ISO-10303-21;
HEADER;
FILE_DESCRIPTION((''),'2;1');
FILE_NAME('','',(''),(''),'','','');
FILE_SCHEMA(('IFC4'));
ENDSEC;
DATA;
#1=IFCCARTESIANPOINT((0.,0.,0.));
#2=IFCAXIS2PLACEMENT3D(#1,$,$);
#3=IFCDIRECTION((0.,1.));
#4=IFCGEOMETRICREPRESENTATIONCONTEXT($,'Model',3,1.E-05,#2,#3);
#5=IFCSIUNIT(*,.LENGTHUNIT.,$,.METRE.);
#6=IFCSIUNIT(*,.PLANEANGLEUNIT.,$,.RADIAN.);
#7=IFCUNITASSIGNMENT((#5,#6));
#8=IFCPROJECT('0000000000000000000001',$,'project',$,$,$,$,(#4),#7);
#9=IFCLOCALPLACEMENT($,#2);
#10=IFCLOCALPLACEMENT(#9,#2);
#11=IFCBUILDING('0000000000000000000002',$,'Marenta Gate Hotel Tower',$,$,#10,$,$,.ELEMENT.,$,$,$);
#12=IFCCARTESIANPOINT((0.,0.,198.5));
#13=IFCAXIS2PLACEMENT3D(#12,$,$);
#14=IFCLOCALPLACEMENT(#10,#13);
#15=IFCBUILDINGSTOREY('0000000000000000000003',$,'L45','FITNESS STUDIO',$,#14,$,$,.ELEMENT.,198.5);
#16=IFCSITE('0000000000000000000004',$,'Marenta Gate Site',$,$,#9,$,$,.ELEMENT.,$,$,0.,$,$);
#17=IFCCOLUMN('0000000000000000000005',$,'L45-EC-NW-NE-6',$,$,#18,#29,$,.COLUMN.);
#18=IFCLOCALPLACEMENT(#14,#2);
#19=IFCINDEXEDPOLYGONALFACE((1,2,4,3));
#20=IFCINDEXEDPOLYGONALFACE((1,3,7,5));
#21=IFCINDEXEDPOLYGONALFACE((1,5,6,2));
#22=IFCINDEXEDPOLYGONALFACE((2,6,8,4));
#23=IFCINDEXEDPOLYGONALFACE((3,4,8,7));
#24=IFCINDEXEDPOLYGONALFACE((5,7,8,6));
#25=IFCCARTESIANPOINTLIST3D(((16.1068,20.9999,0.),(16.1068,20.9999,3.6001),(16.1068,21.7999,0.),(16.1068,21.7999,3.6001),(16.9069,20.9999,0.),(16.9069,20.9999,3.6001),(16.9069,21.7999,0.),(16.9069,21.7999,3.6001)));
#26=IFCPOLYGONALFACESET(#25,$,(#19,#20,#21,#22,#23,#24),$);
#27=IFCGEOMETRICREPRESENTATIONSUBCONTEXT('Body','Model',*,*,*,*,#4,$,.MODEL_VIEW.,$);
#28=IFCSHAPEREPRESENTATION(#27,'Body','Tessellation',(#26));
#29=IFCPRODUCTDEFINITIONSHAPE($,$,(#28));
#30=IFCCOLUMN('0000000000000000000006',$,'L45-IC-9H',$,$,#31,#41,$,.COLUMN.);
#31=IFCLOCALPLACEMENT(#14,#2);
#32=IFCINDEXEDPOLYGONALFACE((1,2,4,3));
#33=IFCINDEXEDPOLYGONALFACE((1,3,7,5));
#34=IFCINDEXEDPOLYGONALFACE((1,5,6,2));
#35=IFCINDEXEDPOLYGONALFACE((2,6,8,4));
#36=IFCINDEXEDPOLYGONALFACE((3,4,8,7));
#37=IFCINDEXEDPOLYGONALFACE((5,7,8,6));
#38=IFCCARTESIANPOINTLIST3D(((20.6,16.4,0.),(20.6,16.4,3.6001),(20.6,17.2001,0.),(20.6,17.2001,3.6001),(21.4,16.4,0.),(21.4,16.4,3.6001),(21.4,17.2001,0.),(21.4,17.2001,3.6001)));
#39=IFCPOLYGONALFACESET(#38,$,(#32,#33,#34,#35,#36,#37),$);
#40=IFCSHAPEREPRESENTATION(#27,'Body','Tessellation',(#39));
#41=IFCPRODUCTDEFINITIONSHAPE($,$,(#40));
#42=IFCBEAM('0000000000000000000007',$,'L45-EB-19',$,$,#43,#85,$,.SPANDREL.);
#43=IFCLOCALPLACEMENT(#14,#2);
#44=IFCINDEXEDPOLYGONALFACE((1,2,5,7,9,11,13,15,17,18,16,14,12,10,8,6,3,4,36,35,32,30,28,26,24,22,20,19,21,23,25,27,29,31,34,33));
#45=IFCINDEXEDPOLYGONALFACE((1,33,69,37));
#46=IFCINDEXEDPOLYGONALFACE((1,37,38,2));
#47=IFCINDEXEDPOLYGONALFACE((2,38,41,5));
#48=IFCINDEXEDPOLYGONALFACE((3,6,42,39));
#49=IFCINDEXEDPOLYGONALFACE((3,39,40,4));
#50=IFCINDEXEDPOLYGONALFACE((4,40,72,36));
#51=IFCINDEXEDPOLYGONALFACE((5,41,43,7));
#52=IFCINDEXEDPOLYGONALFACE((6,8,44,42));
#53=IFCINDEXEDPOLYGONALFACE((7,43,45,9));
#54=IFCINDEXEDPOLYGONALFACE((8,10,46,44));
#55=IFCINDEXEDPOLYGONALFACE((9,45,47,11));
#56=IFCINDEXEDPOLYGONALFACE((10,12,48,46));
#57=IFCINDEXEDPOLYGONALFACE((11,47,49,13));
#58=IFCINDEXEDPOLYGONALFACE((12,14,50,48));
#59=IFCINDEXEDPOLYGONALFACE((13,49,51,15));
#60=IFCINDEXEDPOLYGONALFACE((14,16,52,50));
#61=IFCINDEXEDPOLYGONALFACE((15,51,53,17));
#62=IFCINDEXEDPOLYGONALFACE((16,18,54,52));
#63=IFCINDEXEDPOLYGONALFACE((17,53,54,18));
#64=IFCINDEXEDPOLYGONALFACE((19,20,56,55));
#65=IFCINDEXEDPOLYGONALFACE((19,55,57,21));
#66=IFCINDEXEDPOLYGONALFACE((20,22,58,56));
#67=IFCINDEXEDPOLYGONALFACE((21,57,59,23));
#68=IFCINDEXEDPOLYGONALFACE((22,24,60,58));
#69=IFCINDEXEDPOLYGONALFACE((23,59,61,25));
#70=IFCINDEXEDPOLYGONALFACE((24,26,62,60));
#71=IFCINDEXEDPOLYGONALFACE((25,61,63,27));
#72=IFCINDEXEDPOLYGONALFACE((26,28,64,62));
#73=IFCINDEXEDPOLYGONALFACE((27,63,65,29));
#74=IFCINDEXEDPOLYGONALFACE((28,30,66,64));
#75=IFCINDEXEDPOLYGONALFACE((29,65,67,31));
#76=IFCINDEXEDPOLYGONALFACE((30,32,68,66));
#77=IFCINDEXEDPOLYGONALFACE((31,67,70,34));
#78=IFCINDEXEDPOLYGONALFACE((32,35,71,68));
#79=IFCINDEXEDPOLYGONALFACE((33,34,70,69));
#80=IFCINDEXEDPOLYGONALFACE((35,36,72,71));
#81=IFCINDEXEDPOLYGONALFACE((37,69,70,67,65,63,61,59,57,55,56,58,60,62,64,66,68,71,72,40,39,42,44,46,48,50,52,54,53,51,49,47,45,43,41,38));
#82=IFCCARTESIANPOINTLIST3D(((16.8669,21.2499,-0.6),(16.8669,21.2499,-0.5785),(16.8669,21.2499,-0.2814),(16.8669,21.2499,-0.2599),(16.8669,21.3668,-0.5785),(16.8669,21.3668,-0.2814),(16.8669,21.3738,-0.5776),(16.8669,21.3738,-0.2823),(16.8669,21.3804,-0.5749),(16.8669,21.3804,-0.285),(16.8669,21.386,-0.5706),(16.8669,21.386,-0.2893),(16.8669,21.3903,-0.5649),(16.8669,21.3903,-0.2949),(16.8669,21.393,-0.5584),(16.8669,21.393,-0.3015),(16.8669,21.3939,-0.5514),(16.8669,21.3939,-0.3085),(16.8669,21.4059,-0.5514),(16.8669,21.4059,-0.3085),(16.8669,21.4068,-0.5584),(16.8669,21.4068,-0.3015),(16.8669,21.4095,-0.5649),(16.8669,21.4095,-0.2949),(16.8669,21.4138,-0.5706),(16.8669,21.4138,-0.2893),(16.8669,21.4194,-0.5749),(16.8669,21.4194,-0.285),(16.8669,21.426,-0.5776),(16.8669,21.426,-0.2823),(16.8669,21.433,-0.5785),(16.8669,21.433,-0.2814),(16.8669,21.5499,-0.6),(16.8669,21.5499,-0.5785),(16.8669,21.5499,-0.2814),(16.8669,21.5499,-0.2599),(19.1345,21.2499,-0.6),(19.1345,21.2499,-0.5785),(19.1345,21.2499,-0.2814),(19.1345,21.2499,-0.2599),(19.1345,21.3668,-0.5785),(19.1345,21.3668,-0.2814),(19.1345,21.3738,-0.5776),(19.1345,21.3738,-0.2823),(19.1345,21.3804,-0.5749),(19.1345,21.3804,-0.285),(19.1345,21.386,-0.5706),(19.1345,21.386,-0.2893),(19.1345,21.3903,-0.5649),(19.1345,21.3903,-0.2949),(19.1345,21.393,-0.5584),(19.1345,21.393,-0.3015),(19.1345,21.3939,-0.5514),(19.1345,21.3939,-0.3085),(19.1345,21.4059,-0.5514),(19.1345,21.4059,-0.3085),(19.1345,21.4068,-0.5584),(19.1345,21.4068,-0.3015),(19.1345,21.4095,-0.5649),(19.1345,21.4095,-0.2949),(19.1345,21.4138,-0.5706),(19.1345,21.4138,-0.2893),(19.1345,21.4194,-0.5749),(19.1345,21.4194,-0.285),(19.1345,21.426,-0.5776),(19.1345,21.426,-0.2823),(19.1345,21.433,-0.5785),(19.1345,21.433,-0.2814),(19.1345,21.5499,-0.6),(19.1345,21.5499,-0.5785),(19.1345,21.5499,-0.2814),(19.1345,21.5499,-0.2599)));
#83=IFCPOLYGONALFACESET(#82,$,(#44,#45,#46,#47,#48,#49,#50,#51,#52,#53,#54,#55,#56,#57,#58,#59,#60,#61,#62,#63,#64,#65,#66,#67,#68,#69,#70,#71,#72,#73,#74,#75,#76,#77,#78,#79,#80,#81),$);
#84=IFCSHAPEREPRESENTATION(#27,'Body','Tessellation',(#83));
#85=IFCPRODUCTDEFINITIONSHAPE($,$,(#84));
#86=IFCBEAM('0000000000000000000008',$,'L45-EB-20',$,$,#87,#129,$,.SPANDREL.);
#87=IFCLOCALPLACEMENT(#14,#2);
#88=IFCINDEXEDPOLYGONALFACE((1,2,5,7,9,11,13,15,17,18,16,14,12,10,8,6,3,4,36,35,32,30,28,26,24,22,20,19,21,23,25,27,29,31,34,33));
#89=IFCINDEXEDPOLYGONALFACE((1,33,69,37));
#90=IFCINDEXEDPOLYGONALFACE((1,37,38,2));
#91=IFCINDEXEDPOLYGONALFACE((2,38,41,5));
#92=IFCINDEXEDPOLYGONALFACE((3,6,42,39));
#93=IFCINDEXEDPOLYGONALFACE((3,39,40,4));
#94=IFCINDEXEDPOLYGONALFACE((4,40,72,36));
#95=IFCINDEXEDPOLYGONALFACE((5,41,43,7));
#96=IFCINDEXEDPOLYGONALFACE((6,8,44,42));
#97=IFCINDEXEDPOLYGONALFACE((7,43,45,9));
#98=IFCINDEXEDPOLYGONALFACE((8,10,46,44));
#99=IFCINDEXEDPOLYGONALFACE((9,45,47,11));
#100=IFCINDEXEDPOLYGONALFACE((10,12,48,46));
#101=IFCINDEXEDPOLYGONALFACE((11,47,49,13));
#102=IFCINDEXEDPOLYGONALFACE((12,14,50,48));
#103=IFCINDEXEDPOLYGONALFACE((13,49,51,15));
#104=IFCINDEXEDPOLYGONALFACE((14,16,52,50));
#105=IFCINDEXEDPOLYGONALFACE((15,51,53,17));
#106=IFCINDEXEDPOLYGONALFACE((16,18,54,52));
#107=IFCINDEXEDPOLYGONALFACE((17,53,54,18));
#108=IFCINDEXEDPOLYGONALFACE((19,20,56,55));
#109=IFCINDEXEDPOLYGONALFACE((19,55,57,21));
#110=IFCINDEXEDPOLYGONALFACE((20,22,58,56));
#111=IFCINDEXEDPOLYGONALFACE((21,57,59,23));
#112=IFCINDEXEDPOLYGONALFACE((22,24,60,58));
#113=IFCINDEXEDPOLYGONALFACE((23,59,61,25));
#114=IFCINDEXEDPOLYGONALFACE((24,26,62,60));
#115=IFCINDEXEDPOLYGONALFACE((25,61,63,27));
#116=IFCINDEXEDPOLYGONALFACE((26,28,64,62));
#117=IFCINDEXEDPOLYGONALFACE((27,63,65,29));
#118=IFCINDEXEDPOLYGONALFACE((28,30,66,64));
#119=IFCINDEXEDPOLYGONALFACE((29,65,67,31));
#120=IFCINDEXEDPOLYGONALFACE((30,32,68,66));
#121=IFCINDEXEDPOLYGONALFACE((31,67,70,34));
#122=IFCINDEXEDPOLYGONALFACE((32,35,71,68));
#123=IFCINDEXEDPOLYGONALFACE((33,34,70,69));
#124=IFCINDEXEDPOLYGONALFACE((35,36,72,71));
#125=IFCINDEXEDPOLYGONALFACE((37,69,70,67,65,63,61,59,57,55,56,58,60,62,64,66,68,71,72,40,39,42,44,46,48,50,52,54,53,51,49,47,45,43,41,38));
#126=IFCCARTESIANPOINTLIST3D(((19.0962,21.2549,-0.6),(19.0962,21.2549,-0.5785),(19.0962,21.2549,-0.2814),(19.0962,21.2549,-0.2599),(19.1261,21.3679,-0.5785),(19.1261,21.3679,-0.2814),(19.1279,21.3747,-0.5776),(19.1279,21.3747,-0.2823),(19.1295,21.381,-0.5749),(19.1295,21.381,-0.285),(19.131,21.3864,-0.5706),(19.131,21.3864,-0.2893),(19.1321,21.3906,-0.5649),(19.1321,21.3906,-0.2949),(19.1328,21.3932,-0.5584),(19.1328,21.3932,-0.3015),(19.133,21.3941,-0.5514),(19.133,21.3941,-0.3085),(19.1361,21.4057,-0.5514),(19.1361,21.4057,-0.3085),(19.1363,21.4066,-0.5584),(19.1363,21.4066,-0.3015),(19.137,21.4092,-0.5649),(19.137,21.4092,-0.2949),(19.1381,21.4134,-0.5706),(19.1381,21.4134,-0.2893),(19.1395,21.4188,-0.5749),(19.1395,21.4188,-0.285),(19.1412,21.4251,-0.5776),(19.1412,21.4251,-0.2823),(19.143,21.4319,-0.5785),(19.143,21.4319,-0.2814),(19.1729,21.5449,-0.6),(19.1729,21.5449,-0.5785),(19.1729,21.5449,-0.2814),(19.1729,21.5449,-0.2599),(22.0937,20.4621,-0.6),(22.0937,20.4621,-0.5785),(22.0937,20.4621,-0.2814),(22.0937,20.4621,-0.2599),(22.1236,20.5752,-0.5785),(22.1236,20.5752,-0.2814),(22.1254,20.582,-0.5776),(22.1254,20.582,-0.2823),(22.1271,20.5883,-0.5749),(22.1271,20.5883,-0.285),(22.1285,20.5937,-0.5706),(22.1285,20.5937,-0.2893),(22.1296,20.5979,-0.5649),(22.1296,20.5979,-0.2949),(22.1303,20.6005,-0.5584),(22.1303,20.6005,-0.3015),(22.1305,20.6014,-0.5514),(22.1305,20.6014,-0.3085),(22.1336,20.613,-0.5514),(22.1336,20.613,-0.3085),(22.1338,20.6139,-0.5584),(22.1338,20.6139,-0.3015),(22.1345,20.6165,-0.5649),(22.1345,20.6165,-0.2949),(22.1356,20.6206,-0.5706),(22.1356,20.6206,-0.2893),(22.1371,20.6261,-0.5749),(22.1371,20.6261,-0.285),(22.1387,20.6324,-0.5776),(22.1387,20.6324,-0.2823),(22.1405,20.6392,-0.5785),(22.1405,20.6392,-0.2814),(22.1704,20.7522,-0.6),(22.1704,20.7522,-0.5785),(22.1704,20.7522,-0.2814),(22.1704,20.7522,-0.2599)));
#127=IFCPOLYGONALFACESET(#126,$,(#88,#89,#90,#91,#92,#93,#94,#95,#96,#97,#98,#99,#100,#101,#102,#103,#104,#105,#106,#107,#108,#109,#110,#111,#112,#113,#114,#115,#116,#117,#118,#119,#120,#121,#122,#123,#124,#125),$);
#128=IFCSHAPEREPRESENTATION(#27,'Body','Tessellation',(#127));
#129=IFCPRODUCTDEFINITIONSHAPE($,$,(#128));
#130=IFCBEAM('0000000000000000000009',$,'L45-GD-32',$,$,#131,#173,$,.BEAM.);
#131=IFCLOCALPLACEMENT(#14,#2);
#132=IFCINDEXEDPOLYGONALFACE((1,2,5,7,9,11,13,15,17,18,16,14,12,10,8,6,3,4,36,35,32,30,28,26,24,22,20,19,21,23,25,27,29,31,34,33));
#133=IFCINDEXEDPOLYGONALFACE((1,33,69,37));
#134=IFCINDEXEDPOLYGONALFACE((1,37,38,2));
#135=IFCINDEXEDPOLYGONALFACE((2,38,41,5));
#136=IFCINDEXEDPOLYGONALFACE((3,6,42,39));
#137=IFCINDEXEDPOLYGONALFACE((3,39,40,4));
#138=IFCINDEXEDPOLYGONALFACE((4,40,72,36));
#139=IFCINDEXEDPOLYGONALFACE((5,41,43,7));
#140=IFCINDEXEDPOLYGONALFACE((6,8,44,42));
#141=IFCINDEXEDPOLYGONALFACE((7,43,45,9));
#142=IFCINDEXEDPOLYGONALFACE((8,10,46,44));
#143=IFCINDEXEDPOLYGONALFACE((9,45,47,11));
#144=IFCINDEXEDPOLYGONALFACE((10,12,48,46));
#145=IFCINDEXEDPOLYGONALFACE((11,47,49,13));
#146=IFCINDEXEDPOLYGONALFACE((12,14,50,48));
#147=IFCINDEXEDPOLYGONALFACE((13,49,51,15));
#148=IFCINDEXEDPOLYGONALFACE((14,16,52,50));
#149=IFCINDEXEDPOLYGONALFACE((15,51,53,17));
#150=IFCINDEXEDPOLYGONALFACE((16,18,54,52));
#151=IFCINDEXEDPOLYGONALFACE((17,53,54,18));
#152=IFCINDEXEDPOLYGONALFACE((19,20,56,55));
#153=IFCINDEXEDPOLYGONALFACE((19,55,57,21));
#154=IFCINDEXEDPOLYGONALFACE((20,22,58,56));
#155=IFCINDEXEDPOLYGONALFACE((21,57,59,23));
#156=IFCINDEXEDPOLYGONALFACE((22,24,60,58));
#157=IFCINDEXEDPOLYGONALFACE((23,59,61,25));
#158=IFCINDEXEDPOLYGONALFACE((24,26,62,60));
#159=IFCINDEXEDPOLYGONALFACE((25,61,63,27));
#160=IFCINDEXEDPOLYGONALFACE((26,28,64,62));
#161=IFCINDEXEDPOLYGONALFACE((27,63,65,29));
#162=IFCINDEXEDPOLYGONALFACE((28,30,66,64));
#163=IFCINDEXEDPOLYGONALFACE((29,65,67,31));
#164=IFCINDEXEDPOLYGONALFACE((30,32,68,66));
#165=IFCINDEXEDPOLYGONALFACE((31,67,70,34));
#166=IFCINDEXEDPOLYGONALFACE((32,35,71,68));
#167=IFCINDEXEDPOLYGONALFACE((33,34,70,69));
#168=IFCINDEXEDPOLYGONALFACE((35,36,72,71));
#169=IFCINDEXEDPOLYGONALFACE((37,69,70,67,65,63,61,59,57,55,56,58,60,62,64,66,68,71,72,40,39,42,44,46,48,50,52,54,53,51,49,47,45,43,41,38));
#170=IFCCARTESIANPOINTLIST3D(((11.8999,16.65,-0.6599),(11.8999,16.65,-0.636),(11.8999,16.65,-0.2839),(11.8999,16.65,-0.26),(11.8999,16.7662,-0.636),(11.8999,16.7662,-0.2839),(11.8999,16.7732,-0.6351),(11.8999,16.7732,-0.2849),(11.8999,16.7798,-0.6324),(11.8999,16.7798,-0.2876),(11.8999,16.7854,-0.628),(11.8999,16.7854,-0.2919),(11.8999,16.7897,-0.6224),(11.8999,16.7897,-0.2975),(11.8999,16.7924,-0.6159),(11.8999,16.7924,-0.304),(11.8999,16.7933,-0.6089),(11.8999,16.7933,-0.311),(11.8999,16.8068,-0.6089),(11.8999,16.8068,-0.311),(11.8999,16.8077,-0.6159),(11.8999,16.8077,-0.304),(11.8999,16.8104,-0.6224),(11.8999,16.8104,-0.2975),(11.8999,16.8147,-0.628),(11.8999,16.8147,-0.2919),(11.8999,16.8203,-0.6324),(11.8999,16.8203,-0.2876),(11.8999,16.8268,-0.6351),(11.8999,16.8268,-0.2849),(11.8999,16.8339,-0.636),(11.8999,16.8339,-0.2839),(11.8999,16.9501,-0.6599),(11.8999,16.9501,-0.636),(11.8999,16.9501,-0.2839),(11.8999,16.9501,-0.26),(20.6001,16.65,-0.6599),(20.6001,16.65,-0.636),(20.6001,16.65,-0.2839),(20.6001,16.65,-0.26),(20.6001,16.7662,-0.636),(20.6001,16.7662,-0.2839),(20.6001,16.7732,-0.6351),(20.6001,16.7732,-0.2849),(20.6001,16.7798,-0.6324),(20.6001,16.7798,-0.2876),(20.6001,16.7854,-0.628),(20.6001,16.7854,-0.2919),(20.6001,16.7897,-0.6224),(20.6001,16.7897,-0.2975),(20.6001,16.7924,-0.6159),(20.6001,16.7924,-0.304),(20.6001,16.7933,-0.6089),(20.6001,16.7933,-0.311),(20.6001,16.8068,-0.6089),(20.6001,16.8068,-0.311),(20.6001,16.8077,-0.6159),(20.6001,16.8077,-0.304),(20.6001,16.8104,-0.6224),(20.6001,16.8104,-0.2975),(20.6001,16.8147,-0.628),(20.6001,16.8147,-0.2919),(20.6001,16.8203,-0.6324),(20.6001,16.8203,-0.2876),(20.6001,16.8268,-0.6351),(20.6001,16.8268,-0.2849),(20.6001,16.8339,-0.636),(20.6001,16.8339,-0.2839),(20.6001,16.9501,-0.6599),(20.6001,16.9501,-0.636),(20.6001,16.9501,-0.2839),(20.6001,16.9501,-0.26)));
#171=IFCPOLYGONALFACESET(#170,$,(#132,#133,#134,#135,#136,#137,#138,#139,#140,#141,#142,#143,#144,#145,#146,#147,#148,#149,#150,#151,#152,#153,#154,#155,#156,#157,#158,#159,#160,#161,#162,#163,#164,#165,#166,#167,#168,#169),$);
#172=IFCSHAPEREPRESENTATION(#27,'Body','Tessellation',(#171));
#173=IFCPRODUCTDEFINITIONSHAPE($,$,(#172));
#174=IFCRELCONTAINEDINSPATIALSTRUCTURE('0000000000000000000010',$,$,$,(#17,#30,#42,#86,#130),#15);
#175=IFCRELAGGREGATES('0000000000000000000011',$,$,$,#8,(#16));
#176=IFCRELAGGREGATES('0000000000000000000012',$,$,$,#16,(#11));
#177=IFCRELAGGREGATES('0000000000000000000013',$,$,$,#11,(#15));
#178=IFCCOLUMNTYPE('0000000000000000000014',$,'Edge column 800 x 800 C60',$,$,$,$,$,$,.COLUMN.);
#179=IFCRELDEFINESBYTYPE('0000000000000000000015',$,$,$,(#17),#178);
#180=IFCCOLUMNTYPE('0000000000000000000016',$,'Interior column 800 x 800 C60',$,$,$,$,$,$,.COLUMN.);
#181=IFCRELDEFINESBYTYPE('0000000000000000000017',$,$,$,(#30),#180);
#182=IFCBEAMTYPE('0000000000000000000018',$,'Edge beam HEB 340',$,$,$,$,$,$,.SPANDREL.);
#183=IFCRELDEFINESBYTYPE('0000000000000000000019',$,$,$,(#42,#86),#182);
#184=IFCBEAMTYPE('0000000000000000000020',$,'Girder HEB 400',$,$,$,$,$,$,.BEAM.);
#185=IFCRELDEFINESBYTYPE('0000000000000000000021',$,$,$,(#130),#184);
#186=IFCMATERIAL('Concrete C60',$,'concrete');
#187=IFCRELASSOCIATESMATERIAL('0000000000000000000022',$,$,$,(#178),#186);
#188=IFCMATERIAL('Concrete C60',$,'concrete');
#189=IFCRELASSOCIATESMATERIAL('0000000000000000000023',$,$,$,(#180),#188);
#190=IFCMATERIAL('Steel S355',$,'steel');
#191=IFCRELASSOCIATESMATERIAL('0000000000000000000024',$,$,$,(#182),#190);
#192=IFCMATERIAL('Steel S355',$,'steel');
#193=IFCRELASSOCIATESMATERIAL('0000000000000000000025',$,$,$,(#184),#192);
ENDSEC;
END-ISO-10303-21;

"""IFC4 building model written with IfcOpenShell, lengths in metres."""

from ifc_helpers import new_model, si_unit, direction, frame, origin, origin_2d, place, context, subcontext, project, spatial, rectangle, i_section, extrude, material, material_profile, profile_set, type_object, element, save


model = new_model("IFC4")

# Units and contexts
model_context = context("Model", 3, precision=1e-05, world=origin(), true_north=direction((0.0, 1.0)))
body_context = subcontext(model_context, "Body", "Model", "MODEL_VIEW")
ifc_project = project(units=[si_unit("LENGTHUNIT", "METRE"), si_unit("PLANEANGLEUNIT", "RADIAN")], contexts=[model_context])

# Site, building, storey
site_placement = place(None, origin())
site = spatial("IfcSite", under=ifc_project, at=site_placement, Name="Marenta Gate Site", CompositionType="ELEMENT", RefElevation=0.0)
building_placement = place(site_placement, origin())
building = spatial("IfcBuilding", under=site, at=building_placement, Name="Marenta Gate Hotel Tower", CompositionType="ELEMENT")
storey_placement = place(building_placement, frame((0.0, 0.0, 198.5)))
storey = spatial("IfcBuildingStorey", under=building, at=storey_placement, Name="L45", Description="FITNESS STUDIO", CompositionType="ELEMENT", Elevation=198.5)

# Columns
ifc_material_1 = material(Name="Concrete C60", Category="concrete")
ifc_material_profile_1 = material_profile(ifc_material_1, rectangle(XDim=0.8, YDim=0.8, at=origin_2d()), Name="800 x 800")
ifc_profile_set_1 = profile_set([ifc_material_profile_1], Name="Concrete C60")
column_type_1 = type_object("IfcColumnType", Name="Edge column 800 x 800 C60", PredefinedType="COLUMN", material=ifc_profile_set_1)
column_1_placement = place(storey_placement, frame((16.5068, 21.3999, 0.0), z_axis=(0.0, 0.0, 1.0), x_axis=(1.0, 0.0, 0.0)))
element("IfcColumn", 1, at=column_1_placement, inside=storey, type_object=column_type_1, Name="L45-EC-NW-NE-6", PredefinedType="COLUMN", context=body_context, shape_type="SweptSolid", body=[
    extrude(rectangle(XDim=0.8, YDim=0.8, at=origin_2d()), origin(), (0.0, 0.0, 1.0), 3.6001),
])
ifc_material_2 = material(Name="Concrete C60", Category="concrete")
ifc_material_profile_2 = material_profile(ifc_material_2, rectangle(XDim=0.8, YDim=0.8, at=origin_2d()), Name="800 x 800")
ifc_profile_set_2 = profile_set([ifc_material_profile_2], Name="Concrete C60")
column_type_2 = type_object("IfcColumnType", Name="Interior column 800 x 800 C60", PredefinedType="COLUMN", material=ifc_profile_set_2)
column_2_placement = place(storey_placement, frame((21.0, 16.8, 0.0), z_axis=(0.0, 0.0, 1.0), x_axis=(1.0, 0.0, 0.0)))
element("IfcColumn", 2, at=column_2_placement, inside=storey, type_object=column_type_2, Name="L45-IC-9H", PredefinedType="COLUMN", context=body_context, shape_type="SweptSolid", body=[
    extrude(rectangle(XDim=0.8, YDim=0.8, at=origin_2d()), origin(), (0.0, 0.0, 1.0), 3.6001),
])

# Beams
ifc_material_3 = material(Name="Steel S355", Category="steel")
ifc_material_profile_3 = material_profile(ifc_material_3, i_section(OverallWidth=0.3, OverallDepth=0.3401, WebThickness=0.012, FlangeThickness=0.0215, FilletRadius=0.0271, at=origin_2d()), Name="HEB 340")
ifc_profile_set_3 = profile_set([ifc_material_profile_3], Name="Steel S355")
beam_type_1 = type_object("IfcBeamType", Name="Edge beam HEB 340", PredefinedType="SPANDREL", material=ifc_profile_set_3)
beam_1_placement = place(storey_placement, frame((16.8669, 21.3999, -0.4299), z_axis=(1.0, 0.0, 0.0), x_axis=(0.0, 1.0, 0.0)))
element("IfcBeam", 3, at=beam_1_placement, inside=storey, type_object=beam_type_1, Name="L45-EB-19", PredefinedType="SPANDREL", context=body_context, shape_type="SweptSolid", body=[
    extrude(i_section(OverallWidth=0.3, OverallDepth=0.3401, WebThickness=0.012, FlangeThickness=0.0215, FilletRadius=0.0271, at=origin_2d()), origin(), (0.0, 0.0, 1.0), 2.2676),
])
beam_2_placement = place(storey_placement, frame((19.1345, 21.3999, -0.4299), z_axis=(0.966765, -0.255667, 0.0), x_axis=(0.255667, 0.966765, 0.0)))
element("IfcBeam", 4, at=beam_2_placement, inside=storey, type_object=beam_type_1, Name="L45-EB-20", PredefinedType="SPANDREL", context=body_context, shape_type="SweptSolid", body=[
    extrude(i_section(OverallWidth=0.3, OverallDepth=0.3401, WebThickness=0.012, FlangeThickness=0.0215, FilletRadius=0.0271, at=origin_2d()), origin(), (0.0, 0.0, 1.0), 3.1006),
])
ifc_material_4 = material(Name="Steel S355", Category="steel")
ifc_material_profile_4 = material_profile(ifc_material_4, i_section(OverallWidth=0.3, OverallDepth=0.3999, WebThickness=0.0134, FlangeThickness=0.0239, FilletRadius=0.0271, at=origin_2d()), Name="HEB 400")
ifc_profile_set_4 = profile_set([ifc_material_profile_4], Name="Steel S355")
beam_type_2 = type_object("IfcBeamType", Name="Girder HEB 400", PredefinedType="BEAM", material=ifc_profile_set_4)
beam_3_placement = place(storey_placement, frame((11.8999, 16.8, -0.46), z_axis=(1.0, 0.0, 0.0), x_axis=(0.0, 1.0, 0.0)))
element("IfcBeam", 5, at=beam_3_placement, inside=storey, type_object=beam_type_2, Name="L45-GD-32", PredefinedType="BEAM", context=body_context, shape_type="SweptSolid", body=[
    extrude(i_section(OverallWidth=0.3, OverallDepth=0.3999, WebThickness=0.0134, FlangeThickness=0.0239, FilletRadius=0.0271, at=origin_2d()), origin(), (0.0, 0.0, 1.0), 8.7002),
])

save(model, "model.ifc")
